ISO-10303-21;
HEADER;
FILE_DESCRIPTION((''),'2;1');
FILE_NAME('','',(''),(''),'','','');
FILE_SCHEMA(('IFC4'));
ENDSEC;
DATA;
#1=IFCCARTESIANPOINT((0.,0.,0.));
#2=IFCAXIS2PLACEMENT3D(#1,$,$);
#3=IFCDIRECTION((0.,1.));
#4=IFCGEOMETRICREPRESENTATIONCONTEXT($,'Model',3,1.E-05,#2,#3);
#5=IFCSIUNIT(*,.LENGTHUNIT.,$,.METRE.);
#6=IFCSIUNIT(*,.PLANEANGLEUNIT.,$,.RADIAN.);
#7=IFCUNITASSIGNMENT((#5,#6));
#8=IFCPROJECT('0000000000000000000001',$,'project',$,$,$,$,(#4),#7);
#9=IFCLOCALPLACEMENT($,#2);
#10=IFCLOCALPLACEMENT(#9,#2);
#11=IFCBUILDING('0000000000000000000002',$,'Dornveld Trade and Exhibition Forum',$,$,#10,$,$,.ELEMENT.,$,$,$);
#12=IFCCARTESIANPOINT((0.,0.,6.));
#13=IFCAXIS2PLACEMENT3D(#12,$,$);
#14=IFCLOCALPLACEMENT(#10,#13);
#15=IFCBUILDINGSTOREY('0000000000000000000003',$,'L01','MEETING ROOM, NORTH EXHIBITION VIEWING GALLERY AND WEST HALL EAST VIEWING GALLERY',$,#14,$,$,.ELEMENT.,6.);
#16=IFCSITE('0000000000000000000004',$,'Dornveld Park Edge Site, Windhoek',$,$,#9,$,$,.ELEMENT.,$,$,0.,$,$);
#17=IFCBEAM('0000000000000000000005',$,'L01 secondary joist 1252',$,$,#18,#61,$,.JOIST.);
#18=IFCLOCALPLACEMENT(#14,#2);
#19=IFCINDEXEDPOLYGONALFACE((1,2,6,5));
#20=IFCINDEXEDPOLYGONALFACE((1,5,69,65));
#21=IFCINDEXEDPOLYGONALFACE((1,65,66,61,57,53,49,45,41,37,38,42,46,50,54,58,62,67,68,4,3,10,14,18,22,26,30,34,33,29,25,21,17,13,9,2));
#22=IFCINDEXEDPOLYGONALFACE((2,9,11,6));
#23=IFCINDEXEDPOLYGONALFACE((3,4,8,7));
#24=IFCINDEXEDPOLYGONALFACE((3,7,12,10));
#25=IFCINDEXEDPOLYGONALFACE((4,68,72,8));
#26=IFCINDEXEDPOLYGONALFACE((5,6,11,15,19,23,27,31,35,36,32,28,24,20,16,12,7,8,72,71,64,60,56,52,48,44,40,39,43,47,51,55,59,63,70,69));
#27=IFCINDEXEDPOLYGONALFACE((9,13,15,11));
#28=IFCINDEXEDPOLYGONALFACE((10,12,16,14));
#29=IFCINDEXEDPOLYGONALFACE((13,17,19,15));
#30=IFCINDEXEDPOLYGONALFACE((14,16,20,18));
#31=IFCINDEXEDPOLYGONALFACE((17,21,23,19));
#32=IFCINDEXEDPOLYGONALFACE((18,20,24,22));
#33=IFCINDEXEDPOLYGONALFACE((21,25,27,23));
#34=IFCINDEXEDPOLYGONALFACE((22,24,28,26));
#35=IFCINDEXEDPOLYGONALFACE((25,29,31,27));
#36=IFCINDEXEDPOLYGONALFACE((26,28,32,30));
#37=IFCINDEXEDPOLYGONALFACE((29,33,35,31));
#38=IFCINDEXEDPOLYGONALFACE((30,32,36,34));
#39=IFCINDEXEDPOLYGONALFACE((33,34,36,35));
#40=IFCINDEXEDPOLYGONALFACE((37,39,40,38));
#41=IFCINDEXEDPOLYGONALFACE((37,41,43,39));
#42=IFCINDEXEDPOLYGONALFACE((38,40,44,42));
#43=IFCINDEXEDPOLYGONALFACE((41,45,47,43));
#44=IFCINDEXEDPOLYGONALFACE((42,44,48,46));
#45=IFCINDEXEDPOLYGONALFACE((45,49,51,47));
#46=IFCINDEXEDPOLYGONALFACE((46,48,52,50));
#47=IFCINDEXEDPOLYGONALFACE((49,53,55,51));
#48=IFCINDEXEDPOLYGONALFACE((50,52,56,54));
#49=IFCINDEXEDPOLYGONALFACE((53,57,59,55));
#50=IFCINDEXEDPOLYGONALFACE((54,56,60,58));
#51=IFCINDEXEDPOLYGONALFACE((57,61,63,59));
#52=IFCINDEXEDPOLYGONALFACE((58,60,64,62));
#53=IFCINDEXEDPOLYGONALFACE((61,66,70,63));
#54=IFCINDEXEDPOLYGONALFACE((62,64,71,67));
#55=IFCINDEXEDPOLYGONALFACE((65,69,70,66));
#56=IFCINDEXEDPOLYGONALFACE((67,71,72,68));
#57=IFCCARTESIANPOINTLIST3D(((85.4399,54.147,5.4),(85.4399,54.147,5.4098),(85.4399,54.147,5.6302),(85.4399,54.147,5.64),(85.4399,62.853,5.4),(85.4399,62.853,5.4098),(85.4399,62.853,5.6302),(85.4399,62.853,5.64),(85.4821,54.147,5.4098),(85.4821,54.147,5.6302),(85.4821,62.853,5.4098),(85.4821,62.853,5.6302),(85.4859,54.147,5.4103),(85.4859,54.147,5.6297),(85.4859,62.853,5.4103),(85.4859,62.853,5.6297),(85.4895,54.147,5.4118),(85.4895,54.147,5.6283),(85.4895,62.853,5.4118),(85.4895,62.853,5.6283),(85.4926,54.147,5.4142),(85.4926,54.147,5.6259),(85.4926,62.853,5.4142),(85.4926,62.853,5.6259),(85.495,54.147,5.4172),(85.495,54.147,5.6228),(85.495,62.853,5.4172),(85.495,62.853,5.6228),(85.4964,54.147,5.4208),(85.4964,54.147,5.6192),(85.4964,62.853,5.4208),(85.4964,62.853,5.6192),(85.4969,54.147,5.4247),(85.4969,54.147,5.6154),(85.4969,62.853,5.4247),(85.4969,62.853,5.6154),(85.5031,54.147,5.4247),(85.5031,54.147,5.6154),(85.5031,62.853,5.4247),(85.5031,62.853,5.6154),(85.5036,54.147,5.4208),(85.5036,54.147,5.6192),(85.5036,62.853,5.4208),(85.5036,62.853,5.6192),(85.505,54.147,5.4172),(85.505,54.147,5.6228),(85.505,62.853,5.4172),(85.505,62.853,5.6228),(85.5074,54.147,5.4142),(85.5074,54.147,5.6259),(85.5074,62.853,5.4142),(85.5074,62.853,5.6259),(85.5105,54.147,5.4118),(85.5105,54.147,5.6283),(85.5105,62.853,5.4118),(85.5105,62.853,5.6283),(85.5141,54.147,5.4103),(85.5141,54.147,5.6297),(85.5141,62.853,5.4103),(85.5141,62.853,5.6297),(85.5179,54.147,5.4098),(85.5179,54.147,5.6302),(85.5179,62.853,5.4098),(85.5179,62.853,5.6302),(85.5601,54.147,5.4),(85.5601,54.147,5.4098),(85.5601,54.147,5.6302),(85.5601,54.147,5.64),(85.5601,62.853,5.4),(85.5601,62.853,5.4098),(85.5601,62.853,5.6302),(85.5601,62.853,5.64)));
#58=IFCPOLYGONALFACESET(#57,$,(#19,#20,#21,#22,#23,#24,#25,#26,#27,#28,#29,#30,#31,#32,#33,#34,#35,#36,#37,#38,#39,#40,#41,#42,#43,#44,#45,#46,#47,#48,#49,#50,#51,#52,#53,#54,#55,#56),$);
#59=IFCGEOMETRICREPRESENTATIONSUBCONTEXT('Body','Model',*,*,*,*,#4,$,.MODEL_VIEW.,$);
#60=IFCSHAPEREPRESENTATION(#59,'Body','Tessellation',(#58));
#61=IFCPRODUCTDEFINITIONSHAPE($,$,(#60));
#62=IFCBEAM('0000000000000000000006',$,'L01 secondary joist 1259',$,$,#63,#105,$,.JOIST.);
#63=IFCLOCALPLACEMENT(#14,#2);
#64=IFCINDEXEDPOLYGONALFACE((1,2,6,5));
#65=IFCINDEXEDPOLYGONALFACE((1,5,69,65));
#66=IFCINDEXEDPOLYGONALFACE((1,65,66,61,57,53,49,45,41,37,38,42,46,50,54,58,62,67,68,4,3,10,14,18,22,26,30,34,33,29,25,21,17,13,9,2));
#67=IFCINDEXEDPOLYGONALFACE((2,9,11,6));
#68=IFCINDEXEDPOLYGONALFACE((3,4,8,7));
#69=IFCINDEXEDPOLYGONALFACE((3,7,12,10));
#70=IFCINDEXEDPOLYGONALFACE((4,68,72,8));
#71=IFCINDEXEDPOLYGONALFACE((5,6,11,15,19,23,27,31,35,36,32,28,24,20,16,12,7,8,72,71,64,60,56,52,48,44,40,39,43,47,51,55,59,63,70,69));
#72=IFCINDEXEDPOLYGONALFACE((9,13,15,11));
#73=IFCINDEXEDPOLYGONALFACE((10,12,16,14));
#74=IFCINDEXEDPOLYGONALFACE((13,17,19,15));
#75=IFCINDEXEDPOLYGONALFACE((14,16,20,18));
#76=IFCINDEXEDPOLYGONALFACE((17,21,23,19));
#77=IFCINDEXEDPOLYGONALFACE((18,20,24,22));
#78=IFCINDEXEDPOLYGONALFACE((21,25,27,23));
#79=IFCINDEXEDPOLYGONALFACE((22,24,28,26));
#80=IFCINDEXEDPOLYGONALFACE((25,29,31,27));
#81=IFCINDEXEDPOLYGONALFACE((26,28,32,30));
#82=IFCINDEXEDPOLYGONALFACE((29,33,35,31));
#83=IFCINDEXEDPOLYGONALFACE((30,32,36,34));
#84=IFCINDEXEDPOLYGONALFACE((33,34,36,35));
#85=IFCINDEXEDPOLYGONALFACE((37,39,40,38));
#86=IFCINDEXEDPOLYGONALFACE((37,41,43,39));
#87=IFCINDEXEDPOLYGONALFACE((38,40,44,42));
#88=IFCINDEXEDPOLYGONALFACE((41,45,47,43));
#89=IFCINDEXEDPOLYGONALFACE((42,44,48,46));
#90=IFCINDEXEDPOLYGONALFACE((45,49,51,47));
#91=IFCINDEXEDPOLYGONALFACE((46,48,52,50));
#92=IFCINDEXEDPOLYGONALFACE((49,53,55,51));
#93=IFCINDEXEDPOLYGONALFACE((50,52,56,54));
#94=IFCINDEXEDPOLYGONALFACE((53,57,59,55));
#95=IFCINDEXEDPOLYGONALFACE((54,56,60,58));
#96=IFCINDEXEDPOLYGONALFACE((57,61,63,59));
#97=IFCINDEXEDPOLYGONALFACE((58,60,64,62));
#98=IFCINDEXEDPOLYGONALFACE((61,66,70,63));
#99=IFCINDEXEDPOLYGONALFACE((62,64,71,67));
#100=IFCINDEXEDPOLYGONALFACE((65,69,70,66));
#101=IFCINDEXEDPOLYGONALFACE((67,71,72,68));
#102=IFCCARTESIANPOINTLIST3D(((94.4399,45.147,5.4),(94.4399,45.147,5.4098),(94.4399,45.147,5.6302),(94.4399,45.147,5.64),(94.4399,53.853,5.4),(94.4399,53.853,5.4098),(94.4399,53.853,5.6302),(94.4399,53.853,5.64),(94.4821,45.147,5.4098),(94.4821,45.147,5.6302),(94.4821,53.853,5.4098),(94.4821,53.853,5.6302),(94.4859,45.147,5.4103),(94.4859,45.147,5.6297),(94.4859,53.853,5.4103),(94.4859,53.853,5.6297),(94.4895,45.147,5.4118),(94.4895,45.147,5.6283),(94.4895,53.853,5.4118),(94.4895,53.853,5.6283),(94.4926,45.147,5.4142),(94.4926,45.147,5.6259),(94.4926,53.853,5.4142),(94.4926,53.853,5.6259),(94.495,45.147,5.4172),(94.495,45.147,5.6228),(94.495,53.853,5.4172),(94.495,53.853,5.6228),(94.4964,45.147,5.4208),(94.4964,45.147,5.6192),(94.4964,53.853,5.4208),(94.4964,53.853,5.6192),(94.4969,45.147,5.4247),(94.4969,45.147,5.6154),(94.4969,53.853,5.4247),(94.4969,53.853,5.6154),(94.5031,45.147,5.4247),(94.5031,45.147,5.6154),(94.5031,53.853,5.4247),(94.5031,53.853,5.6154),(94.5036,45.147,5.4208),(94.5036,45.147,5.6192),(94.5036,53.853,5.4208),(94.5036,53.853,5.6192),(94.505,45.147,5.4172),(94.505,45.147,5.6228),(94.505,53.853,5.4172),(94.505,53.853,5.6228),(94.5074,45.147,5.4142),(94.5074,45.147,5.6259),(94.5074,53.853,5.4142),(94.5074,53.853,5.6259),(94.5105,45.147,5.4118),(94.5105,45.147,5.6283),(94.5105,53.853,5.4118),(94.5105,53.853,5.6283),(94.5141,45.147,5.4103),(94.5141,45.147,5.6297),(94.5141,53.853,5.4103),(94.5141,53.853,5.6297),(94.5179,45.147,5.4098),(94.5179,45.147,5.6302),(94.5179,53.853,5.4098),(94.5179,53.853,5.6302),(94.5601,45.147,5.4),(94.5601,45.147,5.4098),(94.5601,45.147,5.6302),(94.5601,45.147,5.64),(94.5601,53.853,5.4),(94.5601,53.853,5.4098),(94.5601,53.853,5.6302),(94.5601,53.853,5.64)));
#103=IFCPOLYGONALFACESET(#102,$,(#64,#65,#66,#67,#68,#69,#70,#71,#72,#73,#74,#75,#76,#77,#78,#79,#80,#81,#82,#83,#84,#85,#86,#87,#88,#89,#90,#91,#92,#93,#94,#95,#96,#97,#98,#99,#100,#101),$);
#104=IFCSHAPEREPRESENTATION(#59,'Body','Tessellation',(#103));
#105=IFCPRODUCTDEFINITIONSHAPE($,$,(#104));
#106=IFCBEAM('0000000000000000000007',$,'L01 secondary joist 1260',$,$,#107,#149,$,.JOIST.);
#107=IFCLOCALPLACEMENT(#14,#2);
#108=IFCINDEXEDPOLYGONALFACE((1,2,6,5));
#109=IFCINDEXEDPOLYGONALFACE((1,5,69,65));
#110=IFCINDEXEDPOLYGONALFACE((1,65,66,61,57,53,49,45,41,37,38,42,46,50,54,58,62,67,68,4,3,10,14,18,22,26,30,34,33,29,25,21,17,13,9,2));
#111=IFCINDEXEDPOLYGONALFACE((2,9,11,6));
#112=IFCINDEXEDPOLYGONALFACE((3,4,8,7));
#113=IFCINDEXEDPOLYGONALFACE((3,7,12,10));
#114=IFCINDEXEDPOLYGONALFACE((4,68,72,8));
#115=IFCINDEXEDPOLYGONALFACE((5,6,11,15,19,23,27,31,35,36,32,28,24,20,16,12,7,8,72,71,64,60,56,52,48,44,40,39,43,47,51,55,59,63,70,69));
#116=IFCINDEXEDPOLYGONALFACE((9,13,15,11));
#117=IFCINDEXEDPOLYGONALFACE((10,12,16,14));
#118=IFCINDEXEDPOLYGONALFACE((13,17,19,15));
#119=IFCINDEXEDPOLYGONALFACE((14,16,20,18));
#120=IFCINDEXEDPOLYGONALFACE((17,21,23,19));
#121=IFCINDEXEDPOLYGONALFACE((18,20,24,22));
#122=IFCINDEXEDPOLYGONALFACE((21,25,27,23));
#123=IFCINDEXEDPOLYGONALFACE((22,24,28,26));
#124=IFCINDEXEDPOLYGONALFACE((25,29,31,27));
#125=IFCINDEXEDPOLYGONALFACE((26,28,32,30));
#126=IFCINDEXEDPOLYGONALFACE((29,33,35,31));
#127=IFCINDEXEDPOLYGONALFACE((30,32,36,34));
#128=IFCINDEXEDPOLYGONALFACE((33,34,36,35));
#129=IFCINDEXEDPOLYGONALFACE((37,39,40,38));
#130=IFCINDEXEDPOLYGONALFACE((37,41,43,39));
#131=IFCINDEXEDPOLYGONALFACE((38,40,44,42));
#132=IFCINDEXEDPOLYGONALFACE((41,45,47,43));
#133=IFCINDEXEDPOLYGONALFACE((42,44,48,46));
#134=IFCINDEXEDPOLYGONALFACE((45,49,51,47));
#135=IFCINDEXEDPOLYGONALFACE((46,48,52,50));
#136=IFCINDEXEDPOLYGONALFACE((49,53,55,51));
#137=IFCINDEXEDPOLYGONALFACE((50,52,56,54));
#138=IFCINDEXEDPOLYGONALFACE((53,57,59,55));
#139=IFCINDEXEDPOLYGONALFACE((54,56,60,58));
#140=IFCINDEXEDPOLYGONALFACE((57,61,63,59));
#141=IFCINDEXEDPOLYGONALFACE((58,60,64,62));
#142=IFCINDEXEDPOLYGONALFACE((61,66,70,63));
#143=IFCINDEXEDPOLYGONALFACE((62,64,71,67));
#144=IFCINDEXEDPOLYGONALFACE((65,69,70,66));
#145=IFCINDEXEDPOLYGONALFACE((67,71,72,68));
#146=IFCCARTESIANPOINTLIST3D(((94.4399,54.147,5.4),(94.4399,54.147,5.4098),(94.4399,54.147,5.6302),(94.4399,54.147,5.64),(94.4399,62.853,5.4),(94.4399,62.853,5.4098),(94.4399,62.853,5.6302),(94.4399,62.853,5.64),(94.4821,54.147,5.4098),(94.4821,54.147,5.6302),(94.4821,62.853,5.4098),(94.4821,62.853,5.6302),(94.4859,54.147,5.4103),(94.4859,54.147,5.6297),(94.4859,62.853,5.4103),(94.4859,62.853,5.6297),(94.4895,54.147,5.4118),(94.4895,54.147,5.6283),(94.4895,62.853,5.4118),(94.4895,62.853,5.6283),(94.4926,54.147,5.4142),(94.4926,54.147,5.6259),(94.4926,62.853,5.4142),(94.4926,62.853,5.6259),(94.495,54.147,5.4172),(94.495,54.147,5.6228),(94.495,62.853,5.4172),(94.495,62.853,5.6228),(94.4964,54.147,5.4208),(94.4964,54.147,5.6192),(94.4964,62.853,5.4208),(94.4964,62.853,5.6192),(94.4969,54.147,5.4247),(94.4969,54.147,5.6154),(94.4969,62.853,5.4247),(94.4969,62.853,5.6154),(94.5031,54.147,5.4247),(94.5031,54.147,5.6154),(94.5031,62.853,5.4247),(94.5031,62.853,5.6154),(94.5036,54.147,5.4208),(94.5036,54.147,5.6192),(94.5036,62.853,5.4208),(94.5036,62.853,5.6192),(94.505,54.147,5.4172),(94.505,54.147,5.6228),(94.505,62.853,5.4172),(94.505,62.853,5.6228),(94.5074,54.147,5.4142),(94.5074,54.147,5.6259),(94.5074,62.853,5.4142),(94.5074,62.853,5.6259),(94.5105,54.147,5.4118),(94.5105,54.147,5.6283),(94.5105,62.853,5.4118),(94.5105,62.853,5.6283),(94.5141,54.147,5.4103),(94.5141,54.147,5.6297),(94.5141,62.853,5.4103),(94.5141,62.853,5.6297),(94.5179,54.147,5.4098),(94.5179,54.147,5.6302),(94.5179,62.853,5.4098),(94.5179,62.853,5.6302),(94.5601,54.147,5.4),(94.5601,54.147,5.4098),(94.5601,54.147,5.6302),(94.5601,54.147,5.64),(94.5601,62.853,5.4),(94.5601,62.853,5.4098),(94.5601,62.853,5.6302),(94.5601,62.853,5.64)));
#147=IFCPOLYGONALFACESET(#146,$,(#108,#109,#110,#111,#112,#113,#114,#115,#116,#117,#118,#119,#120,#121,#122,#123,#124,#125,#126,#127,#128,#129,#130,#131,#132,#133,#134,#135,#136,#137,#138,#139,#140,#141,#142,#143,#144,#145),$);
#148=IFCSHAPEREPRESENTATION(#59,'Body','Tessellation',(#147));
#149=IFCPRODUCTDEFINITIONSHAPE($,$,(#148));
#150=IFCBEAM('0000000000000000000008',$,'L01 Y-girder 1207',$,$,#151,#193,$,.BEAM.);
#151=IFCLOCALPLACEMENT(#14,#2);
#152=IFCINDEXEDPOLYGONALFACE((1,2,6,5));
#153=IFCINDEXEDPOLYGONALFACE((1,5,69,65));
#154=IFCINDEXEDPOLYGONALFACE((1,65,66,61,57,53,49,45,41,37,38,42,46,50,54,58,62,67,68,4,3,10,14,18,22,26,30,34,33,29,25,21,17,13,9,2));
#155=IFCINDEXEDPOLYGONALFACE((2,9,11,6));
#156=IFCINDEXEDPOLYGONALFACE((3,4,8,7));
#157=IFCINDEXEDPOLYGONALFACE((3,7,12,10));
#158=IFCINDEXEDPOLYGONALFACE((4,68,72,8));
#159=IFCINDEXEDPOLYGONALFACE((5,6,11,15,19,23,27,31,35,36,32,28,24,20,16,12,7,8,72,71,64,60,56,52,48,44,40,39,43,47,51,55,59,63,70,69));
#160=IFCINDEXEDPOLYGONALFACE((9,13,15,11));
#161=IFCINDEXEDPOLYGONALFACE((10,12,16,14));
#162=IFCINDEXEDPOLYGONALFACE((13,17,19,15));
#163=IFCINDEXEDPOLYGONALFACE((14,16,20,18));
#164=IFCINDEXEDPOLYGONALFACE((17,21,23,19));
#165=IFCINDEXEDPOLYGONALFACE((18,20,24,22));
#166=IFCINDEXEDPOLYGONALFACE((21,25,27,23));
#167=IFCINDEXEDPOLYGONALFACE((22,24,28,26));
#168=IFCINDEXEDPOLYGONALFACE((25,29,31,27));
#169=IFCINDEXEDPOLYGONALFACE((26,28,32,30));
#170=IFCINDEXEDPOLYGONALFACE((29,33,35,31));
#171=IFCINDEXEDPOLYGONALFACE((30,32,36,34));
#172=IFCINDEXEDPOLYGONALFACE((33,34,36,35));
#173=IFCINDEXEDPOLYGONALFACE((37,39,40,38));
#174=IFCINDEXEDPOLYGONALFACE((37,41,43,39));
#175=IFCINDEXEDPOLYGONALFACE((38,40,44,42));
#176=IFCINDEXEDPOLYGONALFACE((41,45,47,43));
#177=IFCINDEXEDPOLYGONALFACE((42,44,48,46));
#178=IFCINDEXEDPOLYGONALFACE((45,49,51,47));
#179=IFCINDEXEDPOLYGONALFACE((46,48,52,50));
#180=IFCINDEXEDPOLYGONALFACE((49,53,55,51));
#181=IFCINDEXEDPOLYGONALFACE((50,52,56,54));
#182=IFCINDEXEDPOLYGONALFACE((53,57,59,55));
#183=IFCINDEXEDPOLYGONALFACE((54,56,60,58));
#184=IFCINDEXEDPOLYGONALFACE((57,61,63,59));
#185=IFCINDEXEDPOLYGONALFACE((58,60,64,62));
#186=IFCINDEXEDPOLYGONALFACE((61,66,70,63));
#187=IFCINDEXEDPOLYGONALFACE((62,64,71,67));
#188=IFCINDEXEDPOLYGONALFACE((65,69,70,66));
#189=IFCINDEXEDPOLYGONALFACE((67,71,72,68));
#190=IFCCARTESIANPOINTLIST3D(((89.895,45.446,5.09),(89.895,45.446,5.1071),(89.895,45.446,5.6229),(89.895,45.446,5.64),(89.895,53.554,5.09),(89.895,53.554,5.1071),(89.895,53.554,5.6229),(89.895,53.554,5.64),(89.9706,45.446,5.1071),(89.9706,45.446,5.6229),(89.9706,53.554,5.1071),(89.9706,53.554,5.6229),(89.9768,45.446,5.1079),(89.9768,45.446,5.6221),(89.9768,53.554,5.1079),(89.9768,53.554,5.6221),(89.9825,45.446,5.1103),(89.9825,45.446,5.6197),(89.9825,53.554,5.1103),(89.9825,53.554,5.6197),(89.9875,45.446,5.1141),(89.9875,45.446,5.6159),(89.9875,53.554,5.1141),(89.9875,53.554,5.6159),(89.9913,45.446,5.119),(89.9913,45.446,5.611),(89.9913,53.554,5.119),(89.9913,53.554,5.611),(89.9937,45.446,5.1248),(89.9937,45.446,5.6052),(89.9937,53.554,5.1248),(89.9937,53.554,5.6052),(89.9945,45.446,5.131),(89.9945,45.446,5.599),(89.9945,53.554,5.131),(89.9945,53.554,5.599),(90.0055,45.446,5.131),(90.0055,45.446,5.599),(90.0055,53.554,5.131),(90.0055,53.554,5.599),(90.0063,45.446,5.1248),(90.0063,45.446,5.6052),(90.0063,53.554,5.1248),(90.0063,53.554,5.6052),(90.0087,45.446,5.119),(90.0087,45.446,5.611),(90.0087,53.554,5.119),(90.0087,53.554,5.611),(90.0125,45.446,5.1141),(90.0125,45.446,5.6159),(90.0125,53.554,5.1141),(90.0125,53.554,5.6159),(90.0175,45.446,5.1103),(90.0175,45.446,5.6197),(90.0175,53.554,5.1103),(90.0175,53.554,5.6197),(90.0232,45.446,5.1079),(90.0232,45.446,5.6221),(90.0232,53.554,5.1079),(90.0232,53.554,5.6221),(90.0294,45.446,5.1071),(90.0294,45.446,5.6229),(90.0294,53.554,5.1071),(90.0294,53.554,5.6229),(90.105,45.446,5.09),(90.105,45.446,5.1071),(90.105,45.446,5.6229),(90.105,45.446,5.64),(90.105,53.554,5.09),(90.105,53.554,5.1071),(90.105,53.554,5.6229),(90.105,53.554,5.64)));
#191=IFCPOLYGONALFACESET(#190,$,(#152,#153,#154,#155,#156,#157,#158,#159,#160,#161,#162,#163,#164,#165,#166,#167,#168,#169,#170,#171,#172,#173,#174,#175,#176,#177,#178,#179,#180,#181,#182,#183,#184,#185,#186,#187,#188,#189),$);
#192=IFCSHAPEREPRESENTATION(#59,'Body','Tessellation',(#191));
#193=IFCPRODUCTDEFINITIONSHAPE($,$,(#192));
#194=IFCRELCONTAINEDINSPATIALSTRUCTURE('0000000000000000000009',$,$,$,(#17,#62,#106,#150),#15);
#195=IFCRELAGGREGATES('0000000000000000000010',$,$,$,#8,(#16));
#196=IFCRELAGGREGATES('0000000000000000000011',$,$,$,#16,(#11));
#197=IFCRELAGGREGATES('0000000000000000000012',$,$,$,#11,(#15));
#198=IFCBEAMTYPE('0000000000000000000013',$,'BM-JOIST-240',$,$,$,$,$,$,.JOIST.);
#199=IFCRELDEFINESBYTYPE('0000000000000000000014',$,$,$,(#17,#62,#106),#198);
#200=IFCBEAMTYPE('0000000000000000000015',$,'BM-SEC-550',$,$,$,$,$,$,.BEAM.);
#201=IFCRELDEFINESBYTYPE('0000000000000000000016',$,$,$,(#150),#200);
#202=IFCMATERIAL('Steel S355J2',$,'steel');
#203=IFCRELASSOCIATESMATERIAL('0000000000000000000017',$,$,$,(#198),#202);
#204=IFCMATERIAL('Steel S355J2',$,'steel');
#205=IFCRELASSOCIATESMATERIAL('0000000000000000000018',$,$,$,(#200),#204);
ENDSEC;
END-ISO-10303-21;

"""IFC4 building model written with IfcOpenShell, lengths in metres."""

from ifc_helpers import new_model, si_unit, direction, frame, origin, origin_2d, place, context, subcontext, project, spatial, i_section, extrude, material, material_profile, profile_set, type_object, element, save


model = new_model("IFC4")

# Units and contexts
model_context = context("Model", 3, precision=1e-05, world=origin(), true_north=direction((0.0, 1.0)))
body_context = subcontext(model_context, "Body", "Model", "MODEL_VIEW")
ifc_project = project(units=[si_unit("LENGTHUNIT", "METRE"), si_unit("PLANEANGLEUNIT", "RADIAN")], contexts=[model_context])

# Site, building, storey
site_placement = place(None, origin())
site = spatial("IfcSite", under=ifc_project, at=site_placement, Name="Dornveld Park Edge Site, Windhoek", CompositionType="ELEMENT", RefElevation=0.0)
building_placement = place(site_placement, origin())
building = spatial("IfcBuilding", under=site, at=building_placement, Name="Dornveld Trade and Exhibition Forum", CompositionType="ELEMENT")
storey_placement = place(building_placement, frame((0.0, 0.0, 6.0)))
storey = spatial("IfcBuildingStorey", under=building, at=storey_placement, Name="L01", Description="MEETING ROOM, NORTH EXHIBITION VIEWING GALLERY AND WEST HALL EAST VIEWING GALLERY", CompositionType="ELEMENT", Elevation=6.0)

# Beams
ifc_material_1 = material(Name="Steel S355J2", Category="steel")
ifc_material_profile_1 = material_profile(ifc_material_1, i_section(OverallWidth=0.1201, OverallDepth=0.24, WebThickness=0.0061, FlangeThickness=0.0098, FilletRadius=0.0149, at=origin_2d()), Name="IPE 240")
ifc_profile_set_1 = profile_set([ifc_material_profile_1], Name="Steel S355J2")
beam_type_1 = type_object("IfcBeamType", Name="BM-JOIST-240", PredefinedType="JOIST", material=ifc_profile_set_1)
for number, where, z_axis, x_axis, name in (
    (1, (85.5, 54.147, 5.52), (0.0, 1.0, 0.0), (-1.0, 0.0, 0.0), "L01 secondary joist 1252"),
    (2, (94.5, 45.147, 5.52), (0.0, 1.0, 0.0), (-1.0, 0.0, 0.0), "L01 secondary joist 1259"),
    (3, (94.5, 54.147, 5.52), (0.0, 1.0, 0.0), (-1.0, 0.0, 0.0), "L01 secondary joist 1260"),
):
    element("IfcBeam", number, at=place(storey_placement, frame(where, z_axis=z_axis, x_axis=x_axis)), inside=storey, type_object=beam_type_1, Name=name, PredefinedType="JOIST", context=body_context, shape_type="SweptSolid", body=[
        extrude(i_section(OverallWidth=0.1201, OverallDepth=0.24, WebThickness=0.0061, FlangeThickness=0.0098, FilletRadius=0.0149, at=origin_2d()), origin(), (0.0, 0.0, 1.0), 8.7061),
    ])
ifc_material_2 = material(Name="Steel S355J2", Category="steel")
ifc_material_profile_2 = material_profile(ifc_material_2, i_section(OverallWidth=0.21, OverallDepth=0.55, WebThickness=0.011, FlangeThickness=0.0171, FilletRadius=0.0239, at=origin_2d()), Name="IPE 550")
ifc_profile_set_2 = profile_set([ifc_material_profile_2], Name="Steel S355J2")
beam_type_2 = type_object("IfcBeamType", Name="BM-SEC-550", PredefinedType="BEAM", material=ifc_profile_set_2)
for number, where, z_axis, x_axis, name in (
    (4, (90.0, 45.446, 5.365), (0.0, 1.0, 0.0), (-1.0, 0.0, 0.0), "L01 Y-girder 1207"),
):
    element("IfcBeam", number, at=place(storey_placement, frame(where, z_axis=z_axis, x_axis=x_axis)), inside=storey, type_object=beam_type_2, Name=name, PredefinedType="BEAM", context=body_context, shape_type="SweptSolid", body=[
        extrude(i_section(OverallWidth=0.21, OverallDepth=0.55, WebThickness=0.011, FlangeThickness=0.0171, FilletRadius=0.0239, at=origin_2d()), origin(), (0.0, 0.0, 1.0), 8.1079),
    ])

save(model, "model.ifc")
